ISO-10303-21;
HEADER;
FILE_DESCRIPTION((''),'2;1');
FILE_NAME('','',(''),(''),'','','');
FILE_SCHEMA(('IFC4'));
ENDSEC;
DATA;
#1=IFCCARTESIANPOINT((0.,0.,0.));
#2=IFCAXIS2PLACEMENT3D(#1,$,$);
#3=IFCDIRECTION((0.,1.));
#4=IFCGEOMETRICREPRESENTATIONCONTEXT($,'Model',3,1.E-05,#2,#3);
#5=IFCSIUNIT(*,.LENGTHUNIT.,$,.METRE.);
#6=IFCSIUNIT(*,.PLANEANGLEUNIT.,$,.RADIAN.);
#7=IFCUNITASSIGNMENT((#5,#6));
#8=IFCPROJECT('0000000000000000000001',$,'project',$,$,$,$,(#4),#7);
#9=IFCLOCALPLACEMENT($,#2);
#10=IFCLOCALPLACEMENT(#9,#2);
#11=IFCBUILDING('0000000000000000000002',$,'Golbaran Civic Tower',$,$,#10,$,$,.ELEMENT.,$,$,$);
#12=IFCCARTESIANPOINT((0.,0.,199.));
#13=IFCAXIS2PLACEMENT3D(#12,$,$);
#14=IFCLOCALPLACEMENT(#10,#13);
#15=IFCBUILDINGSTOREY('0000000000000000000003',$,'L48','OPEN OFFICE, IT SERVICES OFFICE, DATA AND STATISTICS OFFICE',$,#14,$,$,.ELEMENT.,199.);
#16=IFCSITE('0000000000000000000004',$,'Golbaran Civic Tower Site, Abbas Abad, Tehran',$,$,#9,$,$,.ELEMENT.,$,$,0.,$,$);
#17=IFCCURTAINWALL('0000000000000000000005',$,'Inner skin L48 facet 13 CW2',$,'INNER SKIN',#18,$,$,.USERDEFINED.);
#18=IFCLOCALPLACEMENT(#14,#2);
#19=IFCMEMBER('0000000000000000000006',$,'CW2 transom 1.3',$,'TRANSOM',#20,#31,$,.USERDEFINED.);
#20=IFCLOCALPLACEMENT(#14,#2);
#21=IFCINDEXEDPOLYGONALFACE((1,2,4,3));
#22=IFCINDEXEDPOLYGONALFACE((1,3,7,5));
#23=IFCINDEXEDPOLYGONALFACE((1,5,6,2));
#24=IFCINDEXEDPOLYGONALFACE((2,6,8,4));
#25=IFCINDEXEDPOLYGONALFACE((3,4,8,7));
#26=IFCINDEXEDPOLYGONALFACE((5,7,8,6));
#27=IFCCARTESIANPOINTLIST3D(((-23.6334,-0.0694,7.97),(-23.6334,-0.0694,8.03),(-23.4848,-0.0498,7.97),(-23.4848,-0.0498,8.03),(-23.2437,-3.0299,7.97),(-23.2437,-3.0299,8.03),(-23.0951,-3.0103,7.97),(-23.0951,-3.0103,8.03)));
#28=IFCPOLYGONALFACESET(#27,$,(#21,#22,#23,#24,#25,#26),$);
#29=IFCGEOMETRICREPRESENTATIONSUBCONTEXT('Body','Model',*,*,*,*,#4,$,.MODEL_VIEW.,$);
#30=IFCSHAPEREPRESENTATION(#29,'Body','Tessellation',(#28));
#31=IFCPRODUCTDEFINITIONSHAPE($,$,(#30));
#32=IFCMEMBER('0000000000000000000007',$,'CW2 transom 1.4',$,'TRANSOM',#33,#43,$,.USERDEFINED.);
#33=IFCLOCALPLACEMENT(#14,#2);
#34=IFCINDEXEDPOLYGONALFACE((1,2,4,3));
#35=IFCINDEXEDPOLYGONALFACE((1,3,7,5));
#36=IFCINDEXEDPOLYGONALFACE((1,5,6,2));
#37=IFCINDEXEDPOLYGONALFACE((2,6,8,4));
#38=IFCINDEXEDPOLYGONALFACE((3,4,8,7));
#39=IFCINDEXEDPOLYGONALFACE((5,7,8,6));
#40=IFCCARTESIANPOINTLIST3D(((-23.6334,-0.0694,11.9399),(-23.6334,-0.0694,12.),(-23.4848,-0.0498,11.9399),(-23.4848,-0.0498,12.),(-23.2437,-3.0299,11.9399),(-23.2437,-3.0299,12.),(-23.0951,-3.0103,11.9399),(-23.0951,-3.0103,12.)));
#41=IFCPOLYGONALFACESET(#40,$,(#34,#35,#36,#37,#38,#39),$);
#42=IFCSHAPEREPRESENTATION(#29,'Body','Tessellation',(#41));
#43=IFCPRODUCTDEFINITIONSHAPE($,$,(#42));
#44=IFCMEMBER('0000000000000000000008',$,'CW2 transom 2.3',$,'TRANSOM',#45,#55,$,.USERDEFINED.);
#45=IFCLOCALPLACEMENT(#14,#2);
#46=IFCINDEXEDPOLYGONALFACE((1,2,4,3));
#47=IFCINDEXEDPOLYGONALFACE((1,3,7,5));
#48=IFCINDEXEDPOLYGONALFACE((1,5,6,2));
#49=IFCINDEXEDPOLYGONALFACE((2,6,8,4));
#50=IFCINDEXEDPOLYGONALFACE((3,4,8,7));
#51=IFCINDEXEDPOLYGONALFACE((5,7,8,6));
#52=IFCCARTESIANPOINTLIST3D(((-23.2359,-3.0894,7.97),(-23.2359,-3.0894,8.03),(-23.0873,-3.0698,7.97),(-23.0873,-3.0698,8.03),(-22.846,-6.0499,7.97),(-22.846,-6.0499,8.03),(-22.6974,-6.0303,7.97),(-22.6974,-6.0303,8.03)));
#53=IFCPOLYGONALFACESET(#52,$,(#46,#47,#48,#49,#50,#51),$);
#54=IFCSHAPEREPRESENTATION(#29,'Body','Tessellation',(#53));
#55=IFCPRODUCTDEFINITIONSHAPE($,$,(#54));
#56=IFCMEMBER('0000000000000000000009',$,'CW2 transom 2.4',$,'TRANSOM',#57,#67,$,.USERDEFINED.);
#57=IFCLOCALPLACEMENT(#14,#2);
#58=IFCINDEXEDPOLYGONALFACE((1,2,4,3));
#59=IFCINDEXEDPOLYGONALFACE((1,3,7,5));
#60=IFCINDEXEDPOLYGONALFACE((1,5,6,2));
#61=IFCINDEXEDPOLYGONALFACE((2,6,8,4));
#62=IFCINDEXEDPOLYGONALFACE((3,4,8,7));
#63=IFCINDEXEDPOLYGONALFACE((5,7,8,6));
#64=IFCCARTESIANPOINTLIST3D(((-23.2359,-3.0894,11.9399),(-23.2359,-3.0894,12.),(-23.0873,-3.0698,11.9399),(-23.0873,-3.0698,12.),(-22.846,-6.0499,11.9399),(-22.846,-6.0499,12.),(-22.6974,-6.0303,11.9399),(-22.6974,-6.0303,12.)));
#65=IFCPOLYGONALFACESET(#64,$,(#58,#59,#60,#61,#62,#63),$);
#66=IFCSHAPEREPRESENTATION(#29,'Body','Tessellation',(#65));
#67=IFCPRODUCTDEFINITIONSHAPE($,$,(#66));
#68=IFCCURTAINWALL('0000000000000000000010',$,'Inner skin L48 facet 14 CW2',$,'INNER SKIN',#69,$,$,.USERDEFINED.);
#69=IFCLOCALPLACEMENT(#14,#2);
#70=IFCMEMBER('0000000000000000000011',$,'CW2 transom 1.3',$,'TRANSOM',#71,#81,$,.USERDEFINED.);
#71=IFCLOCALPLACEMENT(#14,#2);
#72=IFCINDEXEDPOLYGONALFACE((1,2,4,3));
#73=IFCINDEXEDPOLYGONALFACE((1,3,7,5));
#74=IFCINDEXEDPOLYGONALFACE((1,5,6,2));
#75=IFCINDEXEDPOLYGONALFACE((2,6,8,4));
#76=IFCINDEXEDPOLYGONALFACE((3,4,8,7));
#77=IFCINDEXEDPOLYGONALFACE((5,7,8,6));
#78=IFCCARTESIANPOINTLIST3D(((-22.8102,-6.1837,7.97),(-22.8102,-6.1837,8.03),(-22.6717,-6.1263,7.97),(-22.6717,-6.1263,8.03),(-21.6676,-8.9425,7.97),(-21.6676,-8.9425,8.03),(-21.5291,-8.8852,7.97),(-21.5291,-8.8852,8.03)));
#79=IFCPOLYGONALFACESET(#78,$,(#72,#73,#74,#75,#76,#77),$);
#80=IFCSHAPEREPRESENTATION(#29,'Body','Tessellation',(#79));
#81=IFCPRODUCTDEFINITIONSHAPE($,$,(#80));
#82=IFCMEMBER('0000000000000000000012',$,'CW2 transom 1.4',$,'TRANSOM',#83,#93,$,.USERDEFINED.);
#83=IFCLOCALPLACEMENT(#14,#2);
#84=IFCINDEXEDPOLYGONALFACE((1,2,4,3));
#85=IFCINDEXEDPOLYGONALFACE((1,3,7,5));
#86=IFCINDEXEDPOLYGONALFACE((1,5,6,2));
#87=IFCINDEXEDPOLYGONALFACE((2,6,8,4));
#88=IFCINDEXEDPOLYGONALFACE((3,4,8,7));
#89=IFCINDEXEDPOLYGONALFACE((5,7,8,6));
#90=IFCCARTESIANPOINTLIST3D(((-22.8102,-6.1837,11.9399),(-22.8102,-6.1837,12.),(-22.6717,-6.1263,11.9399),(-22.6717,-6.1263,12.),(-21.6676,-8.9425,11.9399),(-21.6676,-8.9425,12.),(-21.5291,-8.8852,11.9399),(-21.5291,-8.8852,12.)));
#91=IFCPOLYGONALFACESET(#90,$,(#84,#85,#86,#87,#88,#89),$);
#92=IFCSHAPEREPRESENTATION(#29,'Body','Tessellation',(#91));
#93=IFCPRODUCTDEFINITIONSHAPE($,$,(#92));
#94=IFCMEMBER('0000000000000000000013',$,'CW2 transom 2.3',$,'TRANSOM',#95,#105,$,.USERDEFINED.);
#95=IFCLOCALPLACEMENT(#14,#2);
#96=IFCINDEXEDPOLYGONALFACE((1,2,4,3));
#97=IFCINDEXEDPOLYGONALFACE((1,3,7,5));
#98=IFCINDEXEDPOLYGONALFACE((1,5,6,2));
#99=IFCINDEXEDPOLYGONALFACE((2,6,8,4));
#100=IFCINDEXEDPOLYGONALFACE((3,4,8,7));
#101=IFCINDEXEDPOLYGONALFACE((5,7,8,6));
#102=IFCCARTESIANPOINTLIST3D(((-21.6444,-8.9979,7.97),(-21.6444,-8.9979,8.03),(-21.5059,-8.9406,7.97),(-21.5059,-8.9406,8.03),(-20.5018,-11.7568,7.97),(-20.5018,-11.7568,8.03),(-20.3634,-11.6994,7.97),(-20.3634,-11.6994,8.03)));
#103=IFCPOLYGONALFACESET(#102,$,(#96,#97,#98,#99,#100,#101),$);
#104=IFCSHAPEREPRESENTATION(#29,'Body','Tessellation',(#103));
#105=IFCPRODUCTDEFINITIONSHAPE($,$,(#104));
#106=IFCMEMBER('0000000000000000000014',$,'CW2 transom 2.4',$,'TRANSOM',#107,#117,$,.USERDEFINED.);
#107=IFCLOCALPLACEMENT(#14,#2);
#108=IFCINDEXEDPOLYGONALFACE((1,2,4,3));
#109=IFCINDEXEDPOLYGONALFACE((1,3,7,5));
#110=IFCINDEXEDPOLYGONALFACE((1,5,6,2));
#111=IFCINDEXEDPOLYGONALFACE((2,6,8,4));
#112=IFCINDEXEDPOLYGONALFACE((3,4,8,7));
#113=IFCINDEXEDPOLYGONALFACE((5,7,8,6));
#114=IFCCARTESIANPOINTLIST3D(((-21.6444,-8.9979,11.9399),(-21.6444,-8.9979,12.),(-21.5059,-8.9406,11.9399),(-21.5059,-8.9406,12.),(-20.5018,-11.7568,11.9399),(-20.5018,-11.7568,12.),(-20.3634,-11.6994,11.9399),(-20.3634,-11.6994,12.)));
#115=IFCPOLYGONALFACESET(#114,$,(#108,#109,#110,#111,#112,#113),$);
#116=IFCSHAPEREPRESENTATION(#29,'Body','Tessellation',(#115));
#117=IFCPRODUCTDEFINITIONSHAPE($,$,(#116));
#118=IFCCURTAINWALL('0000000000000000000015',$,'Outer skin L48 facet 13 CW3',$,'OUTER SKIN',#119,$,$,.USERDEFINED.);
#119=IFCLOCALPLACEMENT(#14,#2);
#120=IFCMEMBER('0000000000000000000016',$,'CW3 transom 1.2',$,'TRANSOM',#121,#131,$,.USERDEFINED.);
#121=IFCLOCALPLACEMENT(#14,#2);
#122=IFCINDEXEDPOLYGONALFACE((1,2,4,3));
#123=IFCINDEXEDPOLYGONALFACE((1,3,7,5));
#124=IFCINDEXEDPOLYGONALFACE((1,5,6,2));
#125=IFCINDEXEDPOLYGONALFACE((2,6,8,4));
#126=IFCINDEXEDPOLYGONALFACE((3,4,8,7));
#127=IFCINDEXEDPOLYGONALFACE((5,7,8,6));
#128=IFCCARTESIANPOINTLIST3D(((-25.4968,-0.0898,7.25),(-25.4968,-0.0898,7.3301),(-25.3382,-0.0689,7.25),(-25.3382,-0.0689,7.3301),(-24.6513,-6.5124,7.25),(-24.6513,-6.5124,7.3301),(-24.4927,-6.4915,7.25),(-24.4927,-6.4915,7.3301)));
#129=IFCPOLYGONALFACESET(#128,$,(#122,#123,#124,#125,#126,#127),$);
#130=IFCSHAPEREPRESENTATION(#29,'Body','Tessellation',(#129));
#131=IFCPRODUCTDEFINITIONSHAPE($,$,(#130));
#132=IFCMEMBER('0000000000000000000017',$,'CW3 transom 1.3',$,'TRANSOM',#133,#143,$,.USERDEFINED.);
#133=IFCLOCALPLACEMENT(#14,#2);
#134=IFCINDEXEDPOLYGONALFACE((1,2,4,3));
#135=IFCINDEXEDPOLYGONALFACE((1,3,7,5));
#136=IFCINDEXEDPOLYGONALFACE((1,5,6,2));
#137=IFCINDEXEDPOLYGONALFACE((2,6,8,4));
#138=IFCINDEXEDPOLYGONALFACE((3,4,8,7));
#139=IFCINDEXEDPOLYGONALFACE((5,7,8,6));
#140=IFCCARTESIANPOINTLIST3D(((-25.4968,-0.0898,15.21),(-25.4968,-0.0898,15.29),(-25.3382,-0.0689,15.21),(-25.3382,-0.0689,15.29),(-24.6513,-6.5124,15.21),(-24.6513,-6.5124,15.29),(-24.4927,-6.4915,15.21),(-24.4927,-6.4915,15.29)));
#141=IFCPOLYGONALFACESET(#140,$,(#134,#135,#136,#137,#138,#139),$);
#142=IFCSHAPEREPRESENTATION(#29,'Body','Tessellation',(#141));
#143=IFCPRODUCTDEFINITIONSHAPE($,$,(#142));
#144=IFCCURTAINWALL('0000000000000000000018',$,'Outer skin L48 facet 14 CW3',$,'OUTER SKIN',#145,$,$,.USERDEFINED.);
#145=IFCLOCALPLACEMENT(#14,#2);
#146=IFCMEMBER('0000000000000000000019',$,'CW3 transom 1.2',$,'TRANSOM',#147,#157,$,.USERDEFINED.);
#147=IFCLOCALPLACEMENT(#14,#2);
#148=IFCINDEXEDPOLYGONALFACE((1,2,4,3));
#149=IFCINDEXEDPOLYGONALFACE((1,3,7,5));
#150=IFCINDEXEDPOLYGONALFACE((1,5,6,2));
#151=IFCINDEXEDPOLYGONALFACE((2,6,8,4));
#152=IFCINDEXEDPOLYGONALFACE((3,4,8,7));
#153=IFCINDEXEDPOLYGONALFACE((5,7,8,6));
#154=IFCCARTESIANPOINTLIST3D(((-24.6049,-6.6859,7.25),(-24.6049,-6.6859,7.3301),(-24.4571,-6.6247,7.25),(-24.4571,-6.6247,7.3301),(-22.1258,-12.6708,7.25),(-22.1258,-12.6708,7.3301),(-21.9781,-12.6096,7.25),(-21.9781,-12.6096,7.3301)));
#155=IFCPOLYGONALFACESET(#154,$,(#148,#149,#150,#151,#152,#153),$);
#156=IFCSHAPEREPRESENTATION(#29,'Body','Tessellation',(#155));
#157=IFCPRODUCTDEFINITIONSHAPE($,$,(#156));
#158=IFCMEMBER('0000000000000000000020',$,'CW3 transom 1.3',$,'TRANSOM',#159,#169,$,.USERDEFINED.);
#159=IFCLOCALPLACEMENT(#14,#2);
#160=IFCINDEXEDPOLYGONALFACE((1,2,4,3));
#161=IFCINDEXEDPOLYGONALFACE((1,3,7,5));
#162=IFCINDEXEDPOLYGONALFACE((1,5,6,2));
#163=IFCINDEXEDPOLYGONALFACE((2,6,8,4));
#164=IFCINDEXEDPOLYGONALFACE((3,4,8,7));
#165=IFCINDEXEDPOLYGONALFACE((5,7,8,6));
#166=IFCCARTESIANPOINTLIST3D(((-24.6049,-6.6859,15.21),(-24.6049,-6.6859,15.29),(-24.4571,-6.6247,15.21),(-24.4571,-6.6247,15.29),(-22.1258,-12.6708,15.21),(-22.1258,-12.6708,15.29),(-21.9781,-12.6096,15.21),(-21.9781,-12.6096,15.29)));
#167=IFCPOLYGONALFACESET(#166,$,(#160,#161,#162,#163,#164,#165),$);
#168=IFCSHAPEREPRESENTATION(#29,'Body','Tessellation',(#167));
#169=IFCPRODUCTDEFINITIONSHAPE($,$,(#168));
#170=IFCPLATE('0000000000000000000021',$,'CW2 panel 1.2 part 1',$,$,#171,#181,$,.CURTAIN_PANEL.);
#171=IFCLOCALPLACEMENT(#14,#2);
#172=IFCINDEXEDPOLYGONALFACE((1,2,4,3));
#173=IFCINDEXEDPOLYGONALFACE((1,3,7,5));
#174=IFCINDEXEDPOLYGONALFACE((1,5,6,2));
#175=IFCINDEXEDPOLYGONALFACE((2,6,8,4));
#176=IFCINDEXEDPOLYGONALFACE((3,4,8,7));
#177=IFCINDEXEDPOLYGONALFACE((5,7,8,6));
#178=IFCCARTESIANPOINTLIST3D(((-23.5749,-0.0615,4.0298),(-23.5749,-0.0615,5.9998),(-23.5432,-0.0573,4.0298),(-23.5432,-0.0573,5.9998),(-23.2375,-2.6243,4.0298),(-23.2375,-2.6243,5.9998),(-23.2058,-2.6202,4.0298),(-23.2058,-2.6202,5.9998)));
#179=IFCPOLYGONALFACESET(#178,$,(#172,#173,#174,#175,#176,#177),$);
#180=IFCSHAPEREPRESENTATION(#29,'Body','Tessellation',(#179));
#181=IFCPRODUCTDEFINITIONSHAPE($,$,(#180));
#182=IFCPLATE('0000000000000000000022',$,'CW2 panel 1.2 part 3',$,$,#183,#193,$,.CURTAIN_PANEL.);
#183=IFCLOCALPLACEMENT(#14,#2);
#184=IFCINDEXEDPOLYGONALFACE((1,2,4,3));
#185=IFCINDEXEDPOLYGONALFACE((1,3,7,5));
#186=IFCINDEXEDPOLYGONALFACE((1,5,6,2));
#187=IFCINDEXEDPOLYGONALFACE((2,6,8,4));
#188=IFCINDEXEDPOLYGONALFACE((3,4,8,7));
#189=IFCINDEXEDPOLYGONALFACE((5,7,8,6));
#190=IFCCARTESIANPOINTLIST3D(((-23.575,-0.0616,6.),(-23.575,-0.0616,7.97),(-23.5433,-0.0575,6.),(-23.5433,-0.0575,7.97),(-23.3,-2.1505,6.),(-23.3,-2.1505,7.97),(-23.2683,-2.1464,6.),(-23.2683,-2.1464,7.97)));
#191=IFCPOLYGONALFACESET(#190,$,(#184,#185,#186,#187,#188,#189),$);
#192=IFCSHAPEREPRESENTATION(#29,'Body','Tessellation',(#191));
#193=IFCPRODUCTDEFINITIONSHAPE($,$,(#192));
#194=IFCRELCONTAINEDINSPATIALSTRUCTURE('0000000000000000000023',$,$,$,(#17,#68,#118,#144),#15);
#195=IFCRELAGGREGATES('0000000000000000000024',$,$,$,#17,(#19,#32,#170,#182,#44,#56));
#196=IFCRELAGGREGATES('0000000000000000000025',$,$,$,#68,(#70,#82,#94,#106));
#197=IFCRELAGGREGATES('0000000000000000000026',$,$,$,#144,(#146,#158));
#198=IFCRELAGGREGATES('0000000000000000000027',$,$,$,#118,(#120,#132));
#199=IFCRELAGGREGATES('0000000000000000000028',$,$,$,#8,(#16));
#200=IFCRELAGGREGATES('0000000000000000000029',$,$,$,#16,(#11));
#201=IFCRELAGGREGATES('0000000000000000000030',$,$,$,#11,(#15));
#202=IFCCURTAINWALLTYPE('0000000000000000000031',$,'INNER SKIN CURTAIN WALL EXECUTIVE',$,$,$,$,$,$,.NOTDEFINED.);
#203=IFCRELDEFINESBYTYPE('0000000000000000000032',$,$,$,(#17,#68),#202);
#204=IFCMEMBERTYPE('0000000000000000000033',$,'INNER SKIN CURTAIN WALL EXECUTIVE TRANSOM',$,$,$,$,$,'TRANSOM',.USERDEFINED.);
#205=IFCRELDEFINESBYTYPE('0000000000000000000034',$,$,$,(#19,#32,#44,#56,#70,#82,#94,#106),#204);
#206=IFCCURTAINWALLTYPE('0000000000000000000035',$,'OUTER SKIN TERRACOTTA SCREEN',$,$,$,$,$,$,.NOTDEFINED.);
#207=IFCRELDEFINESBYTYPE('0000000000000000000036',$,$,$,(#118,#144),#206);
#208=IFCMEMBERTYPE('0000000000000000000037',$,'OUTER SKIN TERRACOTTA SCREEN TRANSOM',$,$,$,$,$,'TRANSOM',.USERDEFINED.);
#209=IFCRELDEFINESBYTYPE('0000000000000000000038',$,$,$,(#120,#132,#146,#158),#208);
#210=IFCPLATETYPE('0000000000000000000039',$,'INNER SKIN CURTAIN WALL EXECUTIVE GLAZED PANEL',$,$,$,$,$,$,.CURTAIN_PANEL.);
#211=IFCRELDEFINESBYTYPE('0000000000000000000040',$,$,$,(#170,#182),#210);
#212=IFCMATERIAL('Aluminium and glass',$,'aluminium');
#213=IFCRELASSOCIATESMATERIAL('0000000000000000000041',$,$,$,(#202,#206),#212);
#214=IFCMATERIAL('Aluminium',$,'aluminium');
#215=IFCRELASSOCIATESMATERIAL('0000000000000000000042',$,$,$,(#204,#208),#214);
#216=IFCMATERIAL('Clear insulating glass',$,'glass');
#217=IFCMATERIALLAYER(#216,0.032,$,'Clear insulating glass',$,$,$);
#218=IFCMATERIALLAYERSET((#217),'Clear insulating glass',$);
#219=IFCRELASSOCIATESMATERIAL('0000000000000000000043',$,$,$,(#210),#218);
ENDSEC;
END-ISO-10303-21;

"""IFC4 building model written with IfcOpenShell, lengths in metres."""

from ifc_helpers import new_model, si_unit, direction, frame, origin, origin_2d, place, context, subcontext, project, spatial, rectangle, extrude, material, layer, layer_set, material_profile, profile_set, type_object, element, aggregate, save


model = new_model("IFC4")

# Units and contexts
model_context = context("Model", 3, precision=1e-05, world=origin(), true_north=direction((0.0, 1.0)))
body_context = subcontext(model_context, "Body", "Model", "MODEL_VIEW")
ifc_project = project(units=[si_unit("LENGTHUNIT", "METRE"), si_unit("PLANEANGLEUNIT", "RADIAN")], contexts=[model_context])

# Site, building, storey
site_placement = place(None, origin())
site = spatial("IfcSite", under=ifc_project, at=site_placement, Name="Golbaran Civic Tower Site, Abbas Abad, Tehran", CompositionType="ELEMENT", RefElevation=0.0)
building_placement = place(site_placement, origin())
building = spatial("IfcBuilding", under=site, at=building_placement, Name="Golbaran Civic Tower", CompositionType="ELEMENT")
storey_placement = place(building_placement, frame((0.0, 0.0, 199.0)))
storey = spatial("IfcBuildingStorey", under=building, at=storey_placement, Name="L48", Description="OPEN OFFICE, IT SERVICES OFFICE, DATA AND STATISTICS OFFICE", CompositionType="ELEMENT", Elevation=199.0)

# Curtain walls, members
ifc_material_1 = material(Name="Aluminium and glass", Category="aluminium")
curtain_wall_type_1 = type_object("IfcCurtainWallType", Name="INNER SKIN CURTAIN WALL EXECUTIVE", PredefinedType="NOTDEFINED", material=ifc_material_1)
curtain_wall_1_placement = place(storey_placement, origin())
curtain_wall_1 = element("IfcCurtainWall", 1, at=curtain_wall_1_placement, inside=storey, type_object=curtain_wall_type_1, Name="Inner skin L48 facet 13 CW2", ObjectType="INNER SKIN", PredefinedType="USERDEFINED")
ifc_material_2 = material(Name="Aluminium", Category="aluminium")
ifc_material_profile_1 = material_profile(ifc_material_2, rectangle(XDim=0.1499, YDim=0.0601, at=origin_2d()), Name="INNER SKIN CURTAIN WALL EXECUTIVE TRANSOM")
ifc_profile_set_1 = profile_set([ifc_material_profile_1], Name="Aluminium")
member_type_1 = type_object("IfcMemberType", Name="INNER SKIN CURTAIN WALL EXECUTIVE TRANSOM", ElementType="TRANSOM", PredefinedType="USERDEFINED", material=ifc_profile_set_1)
member_1_placement = place(storey_placement, frame((-23.5591, -0.0596, 8.0), z_axis=(0.130493, -0.991449, 0.0), x_axis=(0.991449, 0.130493, 0.0)))
member_1 = element("IfcMember", 2, at=member_1_placement, type_object=member_type_1, Name="CW2 transom 1.3", ObjectType="TRANSOM", PredefinedType="USERDEFINED", context=body_context, shape_type="SweptSolid", body=[
    extrude(rectangle(XDim=0.1499, YDim=0.0601, at=origin_2d()), origin(), (0.0, 0.0, 1.0), 2.9861),
])
member_2_placement = place(storey_placement, frame((-23.5591, -0.0596, 11.97), z_axis=(0.130493, -0.991449, 0.0), x_axis=(0.991449, 0.130493, 0.0)))
member_2 = element("IfcMember", 3, at=member_2_placement, type_object=member_type_1, Name="CW2 transom 1.4", ObjectType="TRANSOM", PredefinedType="USERDEFINED", context=body_context, shape_type="SweptSolid", body=[
    extrude(rectangle(XDim=0.1499, YDim=0.0601, at=origin_2d()), origin(), (0.0, 0.0, 1.0), 2.9861),
])
member_3_placement = place(storey_placement, frame((-23.1616, -3.0796, 8.0), z_axis=(0.130573, -0.991439, 0.0), x_axis=(0.991439, 0.130573, 0.0)))
member_3 = element("IfcMember", 4, at=member_3_placement, type_object=member_type_1, Name="CW2 transom 2.3", ObjectType="TRANSOM", PredefinedType="USERDEFINED", context=body_context, shape_type="SweptSolid", body=[
    extrude(rectangle(XDim=0.1499, YDim=0.0601, at=origin_2d()), origin(), (0.0, 0.0, 1.0), 2.9861),
])
member_4_placement = place(storey_placement, frame((-23.1616, -3.0796, 11.97), z_axis=(0.130573, -0.991439, 0.0), x_axis=(0.991439, 0.130573, 0.0)))
member_4 = element("IfcMember", 5, at=member_4_placement, type_object=member_type_1, Name="CW2 transom 2.4", ObjectType="TRANSOM", PredefinedType="USERDEFINED", context=body_context, shape_type="SweptSolid", body=[
    extrude(rectangle(XDim=0.1499, YDim=0.0601, at=origin_2d()), origin(), (0.0, 0.0, 1.0), 2.9861),
])
curtain_wall_2_placement = place(storey_placement, origin())
curtain_wall_2 = element("IfcCurtainWall", 6, at=curtain_wall_2_placement, inside=storey, type_object=curtain_wall_type_1, Name="Inner skin L48 facet 14 CW2", ObjectType="INNER SKIN", PredefinedType="USERDEFINED")
member_5_placement = place(storey_placement, frame((-22.741, -6.155, 8.0), z_axis=(0.382641, -0.923897, 0.0), x_axis=(0.923897, 0.382641, 0.0)))
member_5 = element("IfcMember", 7, at=member_5_placement, type_object=member_type_1, Name="CW2 transom 1.3", ObjectType="TRANSOM", PredefinedType="USERDEFINED", context=body_context, shape_type="SweptSolid", body=[
    extrude(rectangle(XDim=0.1499, YDim=0.0601, at=origin_2d()), origin(), (0.0, 0.0, 1.0), 2.9861),
])
member_6_placement = place(storey_placement, frame((-22.741, -6.155, 11.97), z_axis=(0.382641, -0.923897, 0.0), x_axis=(0.923897, 0.382641, 0.0)))
member_6 = element("IfcMember", 8, at=member_6_placement, type_object=member_type_1, Name="CW2 transom 1.4", ObjectType="TRANSOM", PredefinedType="USERDEFINED", context=body_context, shape_type="SweptSolid", body=[
    extrude(rectangle(XDim=0.1499, YDim=0.0601, at=origin_2d()), origin(), (0.0, 0.0, 1.0), 2.9861),
])
member_7_placement = place(storey_placement, frame((-21.5752, -8.9692, 8.0), z_axis=(0.382641, -0.923897, 0.0), x_axis=(0.923897, 0.382641, 0.0)))
member_7 = element("IfcMember", 9, at=member_7_placement, type_object=member_type_1, Name="CW2 transom 2.3", ObjectType="TRANSOM", PredefinedType="USERDEFINED", context=body_context, shape_type="SweptSolid", body=[
    extrude(rectangle(XDim=0.1499, YDim=0.0601, at=origin_2d()), origin(), (0.0, 0.0, 1.0), 2.9861),
])
member_8_placement = place(storey_placement, frame((-21.5752, -8.9692, 11.97), z_axis=(0.382641, -0.923897, 0.0), x_axis=(0.923897, 0.382641, 0.0)))
member_8 = element("IfcMember", 10, at=member_8_placement, type_object=member_type_1, Name="CW2 transom 2.4", ObjectType="TRANSOM", PredefinedType="USERDEFINED", context=body_context, shape_type="SweptSolid", body=[
    extrude(rectangle(XDim=0.1499, YDim=0.0601, at=origin_2d()), origin(), (0.0, 0.0, 1.0), 2.9861),
])
curtain_wall_type_2 = type_object("IfcCurtainWallType", Name="OUTER SKIN TERRACOTTA SCREEN", PredefinedType="NOTDEFINED", material=ifc_material_1)
curtain_wall_3_placement = place(storey_placement, origin())
curtain_wall_3 = element("IfcCurtainWall", 11, at=curtain_wall_3_placement, inside=storey, type_object=curtain_wall_type_2, Name="Outer skin L48 facet 13 CW3", ObjectType="OUTER SKIN", PredefinedType="USERDEFINED")
ifc_material_profile_2 = material_profile(ifc_material_2, rectangle(XDim=0.1599, YDim=0.0801, at=origin_2d()), Name="OUTER SKIN TERRACOTTA SCREEN TRANSOM")
ifc_profile_set_2 = profile_set([ifc_material_profile_2], Name="Aluminium")
member_type_2 = type_object("IfcMemberType", Name="OUTER SKIN TERRACOTTA SCREEN TRANSOM", ElementType="TRANSOM", PredefinedType="USERDEFINED", material=ifc_profile_set_2)
member_9_placement = place(storey_placement, frame((-25.4175, -0.0793, 7.29), z_axis=(0.130512, -0.991447, 0.0), x_axis=(0.991447, 0.130512, 0.0)))
member_9 = element("IfcMember", 12, at=member_9_placement, type_object=member_type_2, Name="CW3 transom 1.2", ObjectType="TRANSOM", PredefinedType="USERDEFINED", context=body_context, shape_type="SweptSolid", body=[
    extrude(rectangle(XDim=0.1599, YDim=0.0801, at=origin_2d()), origin(), (0.0, 0.0, 1.0), 6.478),
])
member_10_placement = place(storey_placement, frame((-25.4175, -0.0793, 15.25), z_axis=(0.130512, -0.991447, 0.0), x_axis=(0.991447, 0.130512, 0.0)))
member_10 = element("IfcMember", 13, at=member_10_placement, type_object=member_type_2, Name="CW3 transom 1.3", ObjectType="TRANSOM", PredefinedType="USERDEFINED", context=body_context, shape_type="SweptSolid", body=[
    extrude(rectangle(XDim=0.1599, YDim=0.0801, at=origin_2d()), origin(), (0.0, 0.0, 1.0), 6.478),
])
curtain_wall_4_placement = place(storey_placement, origin())
curtain_wall_4 = element("IfcCurtainWall", 14, at=curtain_wall_4_placement, inside=storey, type_object=curtain_wall_type_2, Name="Outer skin L48 facet 14 CW3", ObjectType="OUTER SKIN", PredefinedType="USERDEFINED")
member_11_placement = place(storey_placement, frame((-24.531, -6.6553, 7.29), z_axis=(0.382682, -0.92388, 0.0), x_axis=(0.92388, 0.382682, 0.0)))
member_11 = element("IfcMember", 15, at=member_11_placement, type_object=member_type_2, Name="CW3 transom 1.2", ObjectType="TRANSOM", PredefinedType="USERDEFINED", context=body_context, shape_type="SweptSolid", body=[
    extrude(rectangle(XDim=0.1599, YDim=0.0801, at=origin_2d()), origin(), (0.0, 0.0, 1.0), 6.478),
])
member_12_placement = place(storey_placement, frame((-24.531, -6.6553, 15.25), z_axis=(0.382682, -0.92388, 0.0), x_axis=(0.92388, 0.382682, 0.0)))
member_12 = element("IfcMember", 16, at=member_12_placement, type_object=member_type_2, Name="CW3 transom 1.3", ObjectType="TRANSOM", PredefinedType="USERDEFINED", context=body_context, shape_type="SweptSolid", body=[
    extrude(rectangle(XDim=0.1599, YDim=0.0801, at=origin_2d()), origin(), (0.0, 0.0, 1.0), 6.478),
])

# Plates
ifc_material_3 = material(Name="Clear insulating glass", Category="glass")
ifc_layer_1 = layer(ifc_material_3, 0.032, Name="Clear insulating glass")
ifc_layer_set_1 = layer_set([ifc_layer_1], Name="Clear insulating glass")
plate_type_1 = type_object("IfcPlateType", Name="INNER SKIN CURTAIN WALL EXECUTIVE GLAZED PANEL", PredefinedType="CURTAIN_PANEL", material=ifc_layer_set_1)
plate_1_placement = place(storey_placement, frame((-23.3904, -1.3408, 4.0298), z_axis=(0.0, 0.0, 1.0), x_axis=(0.130526, -0.991445, 0.0)))
plate_1 = element("IfcPlate", 17, at=plate_1_placement, type_object=plate_type_1, Name="CW2 panel 1.2 part 1", PredefinedType="CURTAIN_PANEL", context=body_context, shape_type="SweptSolid", body=[
    extrude(rectangle(XDim=2.585, YDim=0.032, at=origin_2d()), origin(), (0.0, 0.0, 1.0), 1.97),
])
plate_2_placement = place(storey_placement, frame((-23.4216, -1.104, 6.0), z_axis=(0.0, 0.0, 1.0), x_axis=(0.130526, -0.991445, 0.0)))
plate_2 = element("IfcPlate", 18, at=plate_2_placement, type_object=plate_type_1, Name="CW2 panel 1.2 part 3", PredefinedType="CURTAIN_PANEL", context=body_context, shape_type="SweptSolid", body=[
    extrude(rectangle(XDim=2.1069, YDim=0.032, at=origin_2d()), origin(), (0.0, 0.0, 1.0), 1.97),
])
aggregate(curtain_wall_1, [member_1, member_2, plate_1, plate_2, member_3, member_4])
aggregate(curtain_wall_2, [member_5, member_6, member_7, member_8])
aggregate(curtain_wall_4, [member_11, member_12])
aggregate(curtain_wall_3, [member_9, member_10])

save(model, "model.ifc")
